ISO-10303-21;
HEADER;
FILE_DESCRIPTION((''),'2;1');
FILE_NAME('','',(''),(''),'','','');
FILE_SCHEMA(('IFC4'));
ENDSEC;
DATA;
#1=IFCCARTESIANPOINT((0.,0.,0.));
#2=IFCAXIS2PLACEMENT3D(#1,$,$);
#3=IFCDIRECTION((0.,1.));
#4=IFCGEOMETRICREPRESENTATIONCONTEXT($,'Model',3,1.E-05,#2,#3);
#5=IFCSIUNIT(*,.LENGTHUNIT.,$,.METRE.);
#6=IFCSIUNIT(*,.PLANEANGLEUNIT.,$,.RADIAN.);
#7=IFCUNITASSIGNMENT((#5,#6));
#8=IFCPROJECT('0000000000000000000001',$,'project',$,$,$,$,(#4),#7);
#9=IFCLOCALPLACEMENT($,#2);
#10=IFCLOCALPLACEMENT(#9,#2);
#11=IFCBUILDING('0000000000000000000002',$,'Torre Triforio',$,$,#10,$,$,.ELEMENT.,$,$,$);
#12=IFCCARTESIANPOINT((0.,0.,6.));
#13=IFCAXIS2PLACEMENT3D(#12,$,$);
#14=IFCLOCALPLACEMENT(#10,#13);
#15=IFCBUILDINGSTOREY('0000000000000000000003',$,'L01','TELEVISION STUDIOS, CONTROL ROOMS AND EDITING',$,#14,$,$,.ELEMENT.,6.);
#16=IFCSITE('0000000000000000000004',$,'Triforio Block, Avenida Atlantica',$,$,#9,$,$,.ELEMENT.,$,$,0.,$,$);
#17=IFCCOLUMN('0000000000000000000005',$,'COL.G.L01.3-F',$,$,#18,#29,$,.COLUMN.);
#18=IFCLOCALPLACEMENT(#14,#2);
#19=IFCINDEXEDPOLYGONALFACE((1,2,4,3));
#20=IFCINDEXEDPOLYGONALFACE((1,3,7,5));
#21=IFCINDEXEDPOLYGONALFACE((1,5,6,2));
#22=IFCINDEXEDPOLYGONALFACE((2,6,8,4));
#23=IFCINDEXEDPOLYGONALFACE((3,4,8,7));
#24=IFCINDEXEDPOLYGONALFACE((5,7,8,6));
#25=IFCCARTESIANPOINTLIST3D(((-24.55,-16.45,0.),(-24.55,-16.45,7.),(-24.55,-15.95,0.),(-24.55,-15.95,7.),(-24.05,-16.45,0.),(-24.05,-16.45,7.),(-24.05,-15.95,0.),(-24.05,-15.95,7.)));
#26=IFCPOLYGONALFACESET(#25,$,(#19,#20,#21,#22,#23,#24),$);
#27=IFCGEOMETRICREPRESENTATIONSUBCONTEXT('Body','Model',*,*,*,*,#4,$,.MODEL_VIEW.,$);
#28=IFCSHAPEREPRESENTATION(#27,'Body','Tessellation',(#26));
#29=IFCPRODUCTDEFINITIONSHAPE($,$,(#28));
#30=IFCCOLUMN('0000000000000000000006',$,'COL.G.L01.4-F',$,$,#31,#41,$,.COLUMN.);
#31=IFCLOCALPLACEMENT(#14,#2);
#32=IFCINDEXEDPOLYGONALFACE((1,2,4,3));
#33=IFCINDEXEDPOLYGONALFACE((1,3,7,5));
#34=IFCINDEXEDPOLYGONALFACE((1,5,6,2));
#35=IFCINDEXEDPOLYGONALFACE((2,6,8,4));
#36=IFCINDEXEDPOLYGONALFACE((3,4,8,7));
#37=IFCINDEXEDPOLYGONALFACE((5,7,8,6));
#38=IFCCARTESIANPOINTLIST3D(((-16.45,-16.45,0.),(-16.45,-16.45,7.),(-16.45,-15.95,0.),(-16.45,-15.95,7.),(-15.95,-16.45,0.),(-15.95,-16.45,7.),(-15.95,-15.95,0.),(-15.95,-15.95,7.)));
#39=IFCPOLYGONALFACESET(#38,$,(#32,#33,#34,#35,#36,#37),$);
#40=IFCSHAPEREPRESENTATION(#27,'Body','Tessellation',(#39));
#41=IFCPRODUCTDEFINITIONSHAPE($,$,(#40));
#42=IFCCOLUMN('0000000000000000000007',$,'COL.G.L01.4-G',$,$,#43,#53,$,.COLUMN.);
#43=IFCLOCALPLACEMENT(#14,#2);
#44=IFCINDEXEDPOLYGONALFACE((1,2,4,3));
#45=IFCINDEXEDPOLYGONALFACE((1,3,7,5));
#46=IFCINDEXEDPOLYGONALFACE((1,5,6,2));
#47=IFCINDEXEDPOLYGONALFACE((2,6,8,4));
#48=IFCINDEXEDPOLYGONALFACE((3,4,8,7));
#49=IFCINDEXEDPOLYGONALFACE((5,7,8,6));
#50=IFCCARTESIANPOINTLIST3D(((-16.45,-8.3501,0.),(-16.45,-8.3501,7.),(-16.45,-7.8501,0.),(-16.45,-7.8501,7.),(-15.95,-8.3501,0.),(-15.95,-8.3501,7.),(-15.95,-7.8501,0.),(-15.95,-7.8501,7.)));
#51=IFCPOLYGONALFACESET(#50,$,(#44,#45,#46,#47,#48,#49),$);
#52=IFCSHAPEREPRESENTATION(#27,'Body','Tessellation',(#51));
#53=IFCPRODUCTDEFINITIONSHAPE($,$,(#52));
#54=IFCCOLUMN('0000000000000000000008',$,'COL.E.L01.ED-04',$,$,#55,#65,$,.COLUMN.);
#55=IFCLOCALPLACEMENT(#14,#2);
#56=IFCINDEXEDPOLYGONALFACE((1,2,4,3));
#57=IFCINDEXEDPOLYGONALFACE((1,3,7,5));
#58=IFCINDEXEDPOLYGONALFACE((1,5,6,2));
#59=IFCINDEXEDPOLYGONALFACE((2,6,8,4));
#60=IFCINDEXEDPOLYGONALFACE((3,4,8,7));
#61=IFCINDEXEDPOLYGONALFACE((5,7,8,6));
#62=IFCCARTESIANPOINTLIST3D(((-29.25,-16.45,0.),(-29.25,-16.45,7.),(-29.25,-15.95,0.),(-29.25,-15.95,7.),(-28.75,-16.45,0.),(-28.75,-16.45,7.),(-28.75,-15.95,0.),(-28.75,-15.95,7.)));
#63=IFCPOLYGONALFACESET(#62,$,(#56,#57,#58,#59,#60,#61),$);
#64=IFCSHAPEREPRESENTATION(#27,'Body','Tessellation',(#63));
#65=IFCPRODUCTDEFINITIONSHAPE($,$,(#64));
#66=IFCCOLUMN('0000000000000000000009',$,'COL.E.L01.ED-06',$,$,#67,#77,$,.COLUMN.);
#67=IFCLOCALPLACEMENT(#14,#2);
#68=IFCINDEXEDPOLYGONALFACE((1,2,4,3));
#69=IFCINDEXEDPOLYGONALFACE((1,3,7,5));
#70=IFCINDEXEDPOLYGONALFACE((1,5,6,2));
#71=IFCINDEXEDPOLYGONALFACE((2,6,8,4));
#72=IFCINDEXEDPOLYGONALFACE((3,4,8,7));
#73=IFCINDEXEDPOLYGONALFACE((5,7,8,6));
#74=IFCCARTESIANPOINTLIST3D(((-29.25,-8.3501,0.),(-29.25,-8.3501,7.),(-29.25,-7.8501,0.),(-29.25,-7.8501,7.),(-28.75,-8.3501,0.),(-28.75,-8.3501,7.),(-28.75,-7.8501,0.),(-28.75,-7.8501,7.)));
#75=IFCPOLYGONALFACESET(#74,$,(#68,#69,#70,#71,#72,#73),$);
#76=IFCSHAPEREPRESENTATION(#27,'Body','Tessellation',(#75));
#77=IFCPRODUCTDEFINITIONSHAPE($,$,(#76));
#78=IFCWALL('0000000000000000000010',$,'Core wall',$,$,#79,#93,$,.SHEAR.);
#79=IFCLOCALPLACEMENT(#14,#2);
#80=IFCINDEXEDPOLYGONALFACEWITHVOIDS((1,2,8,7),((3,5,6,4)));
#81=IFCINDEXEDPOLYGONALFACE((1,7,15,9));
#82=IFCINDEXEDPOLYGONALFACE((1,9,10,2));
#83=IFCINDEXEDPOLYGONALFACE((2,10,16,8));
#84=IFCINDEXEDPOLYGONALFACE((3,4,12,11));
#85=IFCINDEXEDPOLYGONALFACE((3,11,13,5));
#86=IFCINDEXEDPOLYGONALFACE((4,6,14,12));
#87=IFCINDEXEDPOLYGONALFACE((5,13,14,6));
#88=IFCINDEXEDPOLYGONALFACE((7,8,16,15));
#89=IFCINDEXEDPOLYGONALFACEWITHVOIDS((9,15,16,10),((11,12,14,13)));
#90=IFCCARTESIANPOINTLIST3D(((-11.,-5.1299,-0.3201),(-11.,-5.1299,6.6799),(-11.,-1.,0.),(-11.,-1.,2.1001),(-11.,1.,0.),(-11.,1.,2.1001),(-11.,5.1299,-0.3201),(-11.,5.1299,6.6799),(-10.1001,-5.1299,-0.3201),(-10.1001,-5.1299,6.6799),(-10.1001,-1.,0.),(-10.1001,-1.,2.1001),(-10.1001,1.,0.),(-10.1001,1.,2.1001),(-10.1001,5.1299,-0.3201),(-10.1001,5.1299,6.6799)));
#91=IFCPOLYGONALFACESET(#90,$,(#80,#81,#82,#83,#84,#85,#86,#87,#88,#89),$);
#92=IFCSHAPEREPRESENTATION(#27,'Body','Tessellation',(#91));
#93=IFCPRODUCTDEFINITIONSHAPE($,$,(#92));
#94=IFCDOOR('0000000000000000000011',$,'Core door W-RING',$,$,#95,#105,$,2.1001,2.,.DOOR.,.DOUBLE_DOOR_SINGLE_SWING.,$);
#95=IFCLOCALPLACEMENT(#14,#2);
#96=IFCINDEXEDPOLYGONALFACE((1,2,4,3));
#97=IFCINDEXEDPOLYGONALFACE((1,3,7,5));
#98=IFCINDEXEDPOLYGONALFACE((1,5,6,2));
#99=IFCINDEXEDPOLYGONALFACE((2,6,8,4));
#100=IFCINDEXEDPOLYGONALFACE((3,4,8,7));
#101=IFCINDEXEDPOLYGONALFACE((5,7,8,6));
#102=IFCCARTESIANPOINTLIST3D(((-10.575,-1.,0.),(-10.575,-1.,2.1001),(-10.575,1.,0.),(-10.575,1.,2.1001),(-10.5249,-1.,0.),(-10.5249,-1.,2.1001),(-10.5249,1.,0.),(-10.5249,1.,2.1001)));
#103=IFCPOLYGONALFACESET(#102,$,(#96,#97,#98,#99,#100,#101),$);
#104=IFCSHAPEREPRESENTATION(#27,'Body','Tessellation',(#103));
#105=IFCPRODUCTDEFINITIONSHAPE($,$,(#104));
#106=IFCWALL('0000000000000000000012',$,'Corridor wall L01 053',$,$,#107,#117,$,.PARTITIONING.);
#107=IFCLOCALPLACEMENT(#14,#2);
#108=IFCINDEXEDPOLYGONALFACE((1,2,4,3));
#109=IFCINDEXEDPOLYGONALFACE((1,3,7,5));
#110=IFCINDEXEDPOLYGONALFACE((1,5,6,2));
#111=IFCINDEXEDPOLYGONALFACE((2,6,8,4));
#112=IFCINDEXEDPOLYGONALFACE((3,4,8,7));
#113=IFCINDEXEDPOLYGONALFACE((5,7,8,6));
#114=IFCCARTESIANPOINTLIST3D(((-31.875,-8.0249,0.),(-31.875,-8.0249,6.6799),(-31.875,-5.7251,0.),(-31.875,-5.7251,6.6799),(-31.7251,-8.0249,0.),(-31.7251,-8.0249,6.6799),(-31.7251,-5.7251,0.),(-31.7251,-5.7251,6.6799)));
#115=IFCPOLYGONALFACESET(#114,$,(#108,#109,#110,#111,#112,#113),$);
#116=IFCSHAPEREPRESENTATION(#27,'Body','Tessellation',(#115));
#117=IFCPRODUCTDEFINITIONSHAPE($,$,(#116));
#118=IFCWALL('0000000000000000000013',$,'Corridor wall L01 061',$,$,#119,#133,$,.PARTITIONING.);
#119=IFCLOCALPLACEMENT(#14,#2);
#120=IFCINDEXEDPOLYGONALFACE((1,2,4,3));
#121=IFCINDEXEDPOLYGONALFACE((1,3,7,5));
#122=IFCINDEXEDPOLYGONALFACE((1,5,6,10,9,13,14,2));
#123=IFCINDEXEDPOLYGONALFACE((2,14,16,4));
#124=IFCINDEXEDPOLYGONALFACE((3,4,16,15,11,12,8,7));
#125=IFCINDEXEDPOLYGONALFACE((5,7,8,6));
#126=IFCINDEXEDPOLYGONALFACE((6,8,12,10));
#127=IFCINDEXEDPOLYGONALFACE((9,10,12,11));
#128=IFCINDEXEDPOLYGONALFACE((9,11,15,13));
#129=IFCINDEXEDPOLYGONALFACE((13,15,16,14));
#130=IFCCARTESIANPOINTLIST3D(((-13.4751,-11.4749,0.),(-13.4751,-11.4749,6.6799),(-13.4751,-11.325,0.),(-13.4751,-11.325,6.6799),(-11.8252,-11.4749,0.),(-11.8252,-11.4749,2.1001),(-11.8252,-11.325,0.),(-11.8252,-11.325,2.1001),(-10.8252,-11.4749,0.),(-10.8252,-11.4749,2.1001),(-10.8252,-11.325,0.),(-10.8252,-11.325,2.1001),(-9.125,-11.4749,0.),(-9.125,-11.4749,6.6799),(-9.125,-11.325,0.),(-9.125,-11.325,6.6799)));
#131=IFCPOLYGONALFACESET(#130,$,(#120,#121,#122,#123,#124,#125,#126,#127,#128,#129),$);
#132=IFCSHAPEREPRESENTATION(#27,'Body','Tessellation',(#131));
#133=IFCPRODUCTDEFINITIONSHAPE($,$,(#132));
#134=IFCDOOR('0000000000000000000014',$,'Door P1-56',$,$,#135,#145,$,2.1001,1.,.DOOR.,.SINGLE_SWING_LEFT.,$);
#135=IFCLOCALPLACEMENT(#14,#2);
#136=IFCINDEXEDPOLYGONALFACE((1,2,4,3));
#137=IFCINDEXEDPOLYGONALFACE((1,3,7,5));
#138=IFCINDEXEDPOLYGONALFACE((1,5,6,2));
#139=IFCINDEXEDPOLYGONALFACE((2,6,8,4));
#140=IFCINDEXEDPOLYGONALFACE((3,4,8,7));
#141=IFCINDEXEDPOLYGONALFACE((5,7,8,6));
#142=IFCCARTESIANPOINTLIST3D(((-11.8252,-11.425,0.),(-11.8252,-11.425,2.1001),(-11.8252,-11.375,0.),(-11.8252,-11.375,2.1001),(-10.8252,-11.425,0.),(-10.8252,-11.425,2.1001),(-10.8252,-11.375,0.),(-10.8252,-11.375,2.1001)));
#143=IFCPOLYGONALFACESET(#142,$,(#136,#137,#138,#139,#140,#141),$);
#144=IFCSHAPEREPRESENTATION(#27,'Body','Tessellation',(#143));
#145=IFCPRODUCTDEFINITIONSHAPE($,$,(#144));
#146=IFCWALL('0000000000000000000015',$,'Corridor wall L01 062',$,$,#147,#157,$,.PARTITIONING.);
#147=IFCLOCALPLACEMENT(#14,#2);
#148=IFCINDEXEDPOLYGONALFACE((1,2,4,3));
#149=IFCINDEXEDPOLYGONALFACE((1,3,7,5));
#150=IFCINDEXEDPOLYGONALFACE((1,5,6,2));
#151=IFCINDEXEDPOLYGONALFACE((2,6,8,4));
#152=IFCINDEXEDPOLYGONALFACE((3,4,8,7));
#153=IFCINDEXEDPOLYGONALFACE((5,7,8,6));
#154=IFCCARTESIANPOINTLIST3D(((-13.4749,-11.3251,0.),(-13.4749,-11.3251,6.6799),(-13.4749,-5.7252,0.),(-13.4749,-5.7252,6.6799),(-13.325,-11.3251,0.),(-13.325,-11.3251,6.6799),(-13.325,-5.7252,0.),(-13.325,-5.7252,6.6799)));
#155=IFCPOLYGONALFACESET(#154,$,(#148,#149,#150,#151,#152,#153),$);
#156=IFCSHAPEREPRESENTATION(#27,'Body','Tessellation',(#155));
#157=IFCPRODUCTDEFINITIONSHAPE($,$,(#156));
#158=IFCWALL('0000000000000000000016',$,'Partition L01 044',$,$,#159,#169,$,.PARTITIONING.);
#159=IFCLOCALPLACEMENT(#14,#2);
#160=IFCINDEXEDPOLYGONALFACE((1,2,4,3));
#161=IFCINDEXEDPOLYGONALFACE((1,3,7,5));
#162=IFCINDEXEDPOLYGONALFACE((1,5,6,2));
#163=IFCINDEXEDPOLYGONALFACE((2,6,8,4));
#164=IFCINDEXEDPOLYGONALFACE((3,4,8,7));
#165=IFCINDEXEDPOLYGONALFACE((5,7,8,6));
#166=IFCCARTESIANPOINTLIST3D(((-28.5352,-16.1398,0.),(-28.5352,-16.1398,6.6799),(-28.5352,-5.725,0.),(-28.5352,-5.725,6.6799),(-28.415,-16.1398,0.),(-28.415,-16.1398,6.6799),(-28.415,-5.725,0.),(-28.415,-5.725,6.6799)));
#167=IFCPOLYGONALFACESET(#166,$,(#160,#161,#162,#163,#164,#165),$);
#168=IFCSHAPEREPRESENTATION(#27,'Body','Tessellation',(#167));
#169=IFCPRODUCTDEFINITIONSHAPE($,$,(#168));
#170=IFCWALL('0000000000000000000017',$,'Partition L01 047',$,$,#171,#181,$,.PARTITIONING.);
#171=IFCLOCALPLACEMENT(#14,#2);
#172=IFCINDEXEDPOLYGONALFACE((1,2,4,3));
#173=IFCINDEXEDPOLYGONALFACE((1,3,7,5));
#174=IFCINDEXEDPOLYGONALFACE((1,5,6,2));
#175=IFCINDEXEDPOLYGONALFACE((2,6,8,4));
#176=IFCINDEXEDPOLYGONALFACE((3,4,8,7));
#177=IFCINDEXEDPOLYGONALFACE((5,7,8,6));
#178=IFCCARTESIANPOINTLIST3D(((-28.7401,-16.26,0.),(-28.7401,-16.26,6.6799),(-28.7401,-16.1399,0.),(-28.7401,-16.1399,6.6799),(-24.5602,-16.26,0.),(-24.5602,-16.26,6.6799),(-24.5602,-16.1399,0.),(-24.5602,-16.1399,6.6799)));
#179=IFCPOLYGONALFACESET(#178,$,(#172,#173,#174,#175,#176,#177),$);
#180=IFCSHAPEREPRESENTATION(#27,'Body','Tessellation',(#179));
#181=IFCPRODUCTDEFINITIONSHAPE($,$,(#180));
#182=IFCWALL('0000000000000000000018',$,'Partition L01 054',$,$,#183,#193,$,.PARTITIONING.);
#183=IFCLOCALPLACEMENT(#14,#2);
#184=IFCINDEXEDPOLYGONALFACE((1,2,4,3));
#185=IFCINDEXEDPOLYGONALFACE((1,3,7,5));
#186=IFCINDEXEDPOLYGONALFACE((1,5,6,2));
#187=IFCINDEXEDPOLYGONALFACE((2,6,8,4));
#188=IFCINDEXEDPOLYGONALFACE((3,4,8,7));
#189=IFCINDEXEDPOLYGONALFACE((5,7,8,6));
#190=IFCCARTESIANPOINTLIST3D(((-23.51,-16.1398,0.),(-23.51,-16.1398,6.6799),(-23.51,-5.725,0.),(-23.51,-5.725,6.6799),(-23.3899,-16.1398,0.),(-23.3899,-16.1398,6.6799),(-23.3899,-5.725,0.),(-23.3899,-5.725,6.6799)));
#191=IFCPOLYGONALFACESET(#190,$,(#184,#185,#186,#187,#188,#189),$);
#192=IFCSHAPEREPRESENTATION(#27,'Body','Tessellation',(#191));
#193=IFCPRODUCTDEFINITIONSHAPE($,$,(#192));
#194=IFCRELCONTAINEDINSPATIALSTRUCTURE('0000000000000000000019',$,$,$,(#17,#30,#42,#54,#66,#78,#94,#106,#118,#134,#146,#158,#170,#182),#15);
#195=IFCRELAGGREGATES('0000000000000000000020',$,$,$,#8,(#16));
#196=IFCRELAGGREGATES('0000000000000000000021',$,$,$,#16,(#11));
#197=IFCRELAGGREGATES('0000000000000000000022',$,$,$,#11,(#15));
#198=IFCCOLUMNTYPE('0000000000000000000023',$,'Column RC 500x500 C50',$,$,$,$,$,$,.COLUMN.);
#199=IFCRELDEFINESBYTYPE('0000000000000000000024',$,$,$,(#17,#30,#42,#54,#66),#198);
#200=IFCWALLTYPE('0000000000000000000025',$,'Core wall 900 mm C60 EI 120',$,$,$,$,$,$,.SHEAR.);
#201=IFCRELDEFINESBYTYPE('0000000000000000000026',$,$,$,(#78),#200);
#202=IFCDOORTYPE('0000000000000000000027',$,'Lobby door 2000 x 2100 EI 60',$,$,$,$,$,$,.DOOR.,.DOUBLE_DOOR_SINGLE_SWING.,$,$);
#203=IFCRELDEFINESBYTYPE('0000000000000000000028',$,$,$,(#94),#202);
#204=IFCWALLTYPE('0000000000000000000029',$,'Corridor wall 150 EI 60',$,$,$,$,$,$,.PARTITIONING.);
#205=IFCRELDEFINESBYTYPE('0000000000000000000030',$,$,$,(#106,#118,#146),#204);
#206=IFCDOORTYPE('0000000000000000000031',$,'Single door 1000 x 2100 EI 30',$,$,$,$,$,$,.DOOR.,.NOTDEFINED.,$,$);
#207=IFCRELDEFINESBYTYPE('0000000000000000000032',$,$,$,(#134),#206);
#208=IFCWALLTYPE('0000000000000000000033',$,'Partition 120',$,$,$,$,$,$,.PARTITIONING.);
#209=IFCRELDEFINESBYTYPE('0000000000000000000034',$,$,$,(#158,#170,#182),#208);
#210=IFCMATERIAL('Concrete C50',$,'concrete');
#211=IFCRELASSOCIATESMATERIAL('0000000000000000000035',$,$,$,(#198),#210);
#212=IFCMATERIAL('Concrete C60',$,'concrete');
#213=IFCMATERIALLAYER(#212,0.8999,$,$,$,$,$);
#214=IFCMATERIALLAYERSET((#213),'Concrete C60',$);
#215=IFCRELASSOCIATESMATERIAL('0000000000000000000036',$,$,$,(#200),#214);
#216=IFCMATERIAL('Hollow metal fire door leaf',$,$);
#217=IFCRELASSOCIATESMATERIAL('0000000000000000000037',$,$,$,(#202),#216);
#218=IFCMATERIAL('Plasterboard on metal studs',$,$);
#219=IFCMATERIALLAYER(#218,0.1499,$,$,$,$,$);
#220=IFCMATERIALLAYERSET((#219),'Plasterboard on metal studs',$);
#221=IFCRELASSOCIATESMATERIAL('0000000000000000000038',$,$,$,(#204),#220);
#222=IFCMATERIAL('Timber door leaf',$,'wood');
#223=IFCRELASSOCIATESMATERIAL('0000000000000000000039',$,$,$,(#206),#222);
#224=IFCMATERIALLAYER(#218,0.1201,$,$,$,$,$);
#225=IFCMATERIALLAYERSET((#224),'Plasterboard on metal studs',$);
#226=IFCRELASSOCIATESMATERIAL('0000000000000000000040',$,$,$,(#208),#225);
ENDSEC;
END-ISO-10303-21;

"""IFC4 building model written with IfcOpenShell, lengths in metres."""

from ifc_helpers import new_model, si_unit, direction, frame, frame_2d, origin, origin_2d, place, context, subcontext, project, spatial, rectangle, extrude, material, layer, layer_set, material_profile, profile_set, type_object, element, fill, save


model = new_model("IFC4")

# Units and contexts
model_context = context("Model", 3, precision=1e-05, world=origin(), true_north=direction((0.0, 1.0)))
body_context = subcontext(model_context, "Body", "Model", "MODEL_VIEW")
ifc_project = project(units=[si_unit("LENGTHUNIT", "METRE"), si_unit("PLANEANGLEUNIT", "RADIAN")], contexts=[model_context])

# Site, building, storey
site_placement = place(None, origin())
site = spatial("IfcSite", under=ifc_project, at=site_placement, Name="Triforio Block, Avenida Atlantica", CompositionType="ELEMENT", RefElevation=0.0)
building_placement = place(site_placement, origin())
building = spatial("IfcBuilding", under=site, at=building_placement, Name="Torre Triforio", CompositionType="ELEMENT")
storey_placement = place(building_placement, frame((0.0, 0.0, 6.0)))
storey = spatial("IfcBuildingStorey", under=building, at=storey_placement, Name="L01", Description="TELEVISION STUDIOS, CONTROL ROOMS AND EDITING", CompositionType="ELEMENT", Elevation=6.0)

# Columns
ifc_material_1 = material(Name="Concrete C50", Category="concrete")
ifc_material_profile = material_profile(ifc_material_1, rectangle(XDim=0.5, YDim=0.5, at=origin_2d()), Name="RC 500x500")
ifc_profile_set = profile_set([ifc_material_profile], Name="Concrete C50")
column_type = type_object("IfcColumnType", Name="Column RC 500x500 C50", PredefinedType="COLUMN", material=ifc_profile_set)
for number, where, z_axis, x_axis, name in (
    (1, (-24.3, -16.2, 0.0), (0.0, 0.0, 1.0), (1.0, 0.0, 0.0), "COL.G.L01.3-F"),
    (2, (-16.2, -16.2, 0.0), (0.0, 0.0, 1.0), (1.0, 0.0, 0.0), "COL.G.L01.4-F"),
    (3, (-16.2, -8.1001, 0.0), (0.0, 0.0, 1.0), (1.0, 0.0, 0.0), "COL.G.L01.4-G"),
    (4, (-29.0, -16.2, 0.0), (0.0, 0.0, 1.0), (1.0, 0.0, 0.0), "COL.E.L01.ED-04"),
    (5, (-29.0, -8.1001, 0.0), (0.0, 0.0, 1.0), (1.0, 0.0, 0.0), "COL.E.L01.ED-06"),
):
    element("IfcColumn", number, at=place(storey_placement, frame(where, z_axis=z_axis, x_axis=x_axis)), inside=storey, type_object=column_type, Name=name, PredefinedType="COLUMN", context=body_context, shape_type="SweptSolid", body=[
        extrude(rectangle(XDim=0.5, YDim=0.5, at=origin_2d()), origin(), (0.0, 0.0, 1.0), 7.0),
    ])

# Wall, opening, door
ifc_material_2 = material(Name="Concrete C60", Category="concrete")
ifc_layer_1 = layer(ifc_material_2, 0.8999)
ifc_layer_set_1 = layer_set([ifc_layer_1], Name="Concrete C60")
wall_type_1 = type_object("IfcWallType", Name="Core wall 900 mm C60 EI 120", PredefinedType="SHEAR", material=ifc_layer_set_1)
wall_1_placement = place(storey_placement, frame((-10.55, -5.1299, -0.3201), z_axis=(0.0, 0.0, 1.0), x_axis=(0.0, 1.0, 0.0)))
wall_1 = element("IfcWall", 6, at=wall_1_placement, inside=storey, type_object=wall_type_1, Name="Core wall", PredefinedType="SHEAR", context=body_context, shape_type="SweptSolid", body=[
    extrude(rectangle(XDim=10.2598, YDim=0.8999, at=frame_2d((5.1299, 0.0))), origin(), (0.0, 0.0, 1.0), 7.0),
])
opening_1_placement = place(wall_1_placement, frame((4.1299, 0.0, 0.3201)))
opening_1 = element("IfcOpeningElement", 7, at=opening_1_placement, cuts=wall_1, PredefinedType="OPENING", context=body_context, shape_type="SweptSolid", body=[
    extrude(rectangle(XDim=2.0, YDim=2.1001, at=frame_2d((1.0, 1.05))), frame((0.0, 0.46, 0.0), z_axis=(0.0, -1.0, 0.0), x_axis=(1.0, 0.0, 0.0)), (0.0, 0.0, 1.0), 0.9199),
])
ifc_material_3 = material(Name="Hollow metal fire door leaf")
door_type_1 = type_object("IfcDoorType", Name="Lobby door 2000 x 2100 EI 60", OperationType="DOUBLE_DOOR_SINGLE_SWING", PredefinedType="DOOR", material=ifc_material_3)
door_1_placement = place(opening_1_placement, origin())
door_1 = element("IfcDoor", 8, at=door_1_placement, inside=storey, type_object=door_type_1, Name="Core door W-RING", OperationType="DOUBLE_DOOR_SINGLE_SWING", OverallHeight=2.1001, OverallWidth=2.0, PredefinedType="DOOR", context=body_context, shape_type="SweptSolid", body=[
    extrude(rectangle(XDim=2.0, YDim=2.1001, at=frame_2d((1.0, 1.05))), frame((0.0, 0.0249, 0.0), z_axis=(0.0, -1.0, 0.0), x_axis=(1.0, 0.0, 0.0)), (0.0, 0.0, 1.0), 0.05),
])
fill(opening_1, door_1)

# Wall
ifc_material_4 = material(Name="Plasterboard on metal studs")
ifc_layer_2 = layer(ifc_material_4, 0.1499)
ifc_layer_set_2 = layer_set([ifc_layer_2], Name="Plasterboard on metal studs")
wall_type_2 = type_object("IfcWallType", Name="Corridor wall 150 EI 60", PredefinedType="PARTITIONING", material=ifc_layer_set_2)
wall_2_placement = place(storey_placement, frame((-31.8, -8.0249, 0.0), z_axis=(0.0, 0.0, 1.0), x_axis=(0.0, 1.0, 0.0)))
element("IfcWall", 9, at=wall_2_placement, inside=storey, type_object=wall_type_2, Name="Corridor wall L01 053", PredefinedType="PARTITIONING", context=body_context, shape_type="SweptSolid", body=[
    extrude(rectangle(XDim=2.2998, YDim=0.1499, at=frame_2d((1.1499, 0.0))), origin(), (0.0, 0.0, 1.0), 6.6799),
])

# Wall, opening, door
wall_3_placement = place(storey_placement, frame((-13.4751, -11.3999, 0.0), z_axis=(0.0, 0.0, 1.0), x_axis=(1.0, 0.0, 0.0)))
wall_3 = element("IfcWall", 10, at=wall_3_placement, inside=storey, type_object=wall_type_2, Name="Corridor wall L01 061", PredefinedType="PARTITIONING", context=body_context, shape_type="SweptSolid", body=[
    extrude(rectangle(XDim=4.3501, YDim=0.1499, at=frame_2d((2.175, 0.0))), origin(), (0.0, 0.0, 1.0), 6.6799),
])
opening_2_placement = place(wall_3_placement, frame((1.6499, 0.0, 0.0)))
opening_2 = element("IfcOpeningElement", 11, at=opening_2_placement, cuts=wall_3, PredefinedType="OPENING", context=body_context, shape_type="SweptSolid", body=[
    extrude(rectangle(XDim=1.0, YDim=2.1001, at=frame_2d((0.5, 1.05))), frame((0.0, 0.085, 0.0), z_axis=(0.0, -1.0, 0.0), x_axis=(1.0, 0.0, 0.0)), (0.0, 0.0, 1.0), 0.1699),
])
ifc_material_5 = material(Name="Timber door leaf", Category="wood")
door_type_2 = type_object("IfcDoorType", Name="Single door 1000 x 2100 EI 30", OperationType="NOTDEFINED", PredefinedType="DOOR", material=ifc_material_5)
door_2_placement = place(opening_2_placement, origin())
door_2 = element("IfcDoor", 12, at=door_2_placement, inside=storey, type_object=door_type_2, Name="Door P1-56", OperationType="SINGLE_SWING_LEFT", OverallHeight=2.1001, OverallWidth=1.0, PredefinedType="DOOR", context=body_context, shape_type="SweptSolid", body=[
    extrude(rectangle(XDim=1.0, YDim=2.1001, at=frame_2d((0.5, 1.05))), frame((0.0, 0.0249, 0.0), z_axis=(0.0, -1.0, 0.0), x_axis=(1.0, 0.0, 0.0)), (0.0, 0.0, 1.0), 0.05),
])
fill(opening_2, door_2)

# Walls
wall_4_placement = place(storey_placement, frame((-13.3999, -11.325, 0.0), z_axis=(0.0, 0.0, 1.0), x_axis=(0.0, 1.0, 0.0)))
element("IfcWall", 13, at=wall_4_placement, inside=storey, type_object=wall_type_2, Name="Corridor wall L01 062", PredefinedType="PARTITIONING", context=body_context, shape_type="SweptSolid", body=[
    extrude(rectangle(XDim=5.5999, YDim=0.1499, at=frame_2d((2.7998, 0.0))), origin(), (0.0, 0.0, 1.0), 6.6799),
])
ifc_layer_3 = layer(ifc_material_4, 0.1201)
ifc_layer_set_3 = layer_set([ifc_layer_3], Name="Plasterboard on metal studs")
wall_type_3 = type_object("IfcWallType", Name="Partition 120", PredefinedType="PARTITIONING", material=ifc_layer_set_3)
wall_5_placement = place(storey_placement, frame((-28.4751, -16.1399, 0.0), z_axis=(0.0, 0.0, 1.0), x_axis=(0.0, 1.0, 0.0)))
element("IfcWall", 14, at=wall_5_placement, inside=storey, type_object=wall_type_3, Name="Partition L01 044", PredefinedType="PARTITIONING", context=body_context, shape_type="SweptSolid", body=[
    extrude(rectangle(XDim=10.4148, YDim=0.1201, at=frame_2d((5.2075, 0.0))), origin(), (0.0, 0.0, 1.0), 6.6799),
])
wall_6_placement = place(storey_placement, frame((-28.74, -16.2, 0.0), z_axis=(0.0, 0.0, 1.0), x_axis=(1.0, 0.0, 0.0)))
element("IfcWall", 15, at=wall_6_placement, inside=storey, type_object=wall_type_3, Name="Partition L01 047", PredefinedType="PARTITIONING", context=body_context, shape_type="SweptSolid", body=[
    extrude(rectangle(XDim=4.1799, YDim=0.1201, at=frame_2d((2.0898, 0.0))), origin(), (0.0, 0.0, 1.0), 6.6799),
])
wall_7_placement = place(storey_placement, frame((-23.45, -16.1399, 0.0), z_axis=(0.0, 0.0, 1.0), x_axis=(0.0, 1.0, 0.0)))
element("IfcWall", 16, at=wall_7_placement, inside=storey, type_object=wall_type_3, Name="Partition L01 054", PredefinedType="PARTITIONING", context=body_context, shape_type="SweptSolid", body=[
    extrude(rectangle(XDim=10.4148, YDim=0.1201, at=frame_2d((5.2075, 0.0))), origin(), (0.0, 0.0, 1.0), 6.6799),
])

save(model, "model.ifc")
